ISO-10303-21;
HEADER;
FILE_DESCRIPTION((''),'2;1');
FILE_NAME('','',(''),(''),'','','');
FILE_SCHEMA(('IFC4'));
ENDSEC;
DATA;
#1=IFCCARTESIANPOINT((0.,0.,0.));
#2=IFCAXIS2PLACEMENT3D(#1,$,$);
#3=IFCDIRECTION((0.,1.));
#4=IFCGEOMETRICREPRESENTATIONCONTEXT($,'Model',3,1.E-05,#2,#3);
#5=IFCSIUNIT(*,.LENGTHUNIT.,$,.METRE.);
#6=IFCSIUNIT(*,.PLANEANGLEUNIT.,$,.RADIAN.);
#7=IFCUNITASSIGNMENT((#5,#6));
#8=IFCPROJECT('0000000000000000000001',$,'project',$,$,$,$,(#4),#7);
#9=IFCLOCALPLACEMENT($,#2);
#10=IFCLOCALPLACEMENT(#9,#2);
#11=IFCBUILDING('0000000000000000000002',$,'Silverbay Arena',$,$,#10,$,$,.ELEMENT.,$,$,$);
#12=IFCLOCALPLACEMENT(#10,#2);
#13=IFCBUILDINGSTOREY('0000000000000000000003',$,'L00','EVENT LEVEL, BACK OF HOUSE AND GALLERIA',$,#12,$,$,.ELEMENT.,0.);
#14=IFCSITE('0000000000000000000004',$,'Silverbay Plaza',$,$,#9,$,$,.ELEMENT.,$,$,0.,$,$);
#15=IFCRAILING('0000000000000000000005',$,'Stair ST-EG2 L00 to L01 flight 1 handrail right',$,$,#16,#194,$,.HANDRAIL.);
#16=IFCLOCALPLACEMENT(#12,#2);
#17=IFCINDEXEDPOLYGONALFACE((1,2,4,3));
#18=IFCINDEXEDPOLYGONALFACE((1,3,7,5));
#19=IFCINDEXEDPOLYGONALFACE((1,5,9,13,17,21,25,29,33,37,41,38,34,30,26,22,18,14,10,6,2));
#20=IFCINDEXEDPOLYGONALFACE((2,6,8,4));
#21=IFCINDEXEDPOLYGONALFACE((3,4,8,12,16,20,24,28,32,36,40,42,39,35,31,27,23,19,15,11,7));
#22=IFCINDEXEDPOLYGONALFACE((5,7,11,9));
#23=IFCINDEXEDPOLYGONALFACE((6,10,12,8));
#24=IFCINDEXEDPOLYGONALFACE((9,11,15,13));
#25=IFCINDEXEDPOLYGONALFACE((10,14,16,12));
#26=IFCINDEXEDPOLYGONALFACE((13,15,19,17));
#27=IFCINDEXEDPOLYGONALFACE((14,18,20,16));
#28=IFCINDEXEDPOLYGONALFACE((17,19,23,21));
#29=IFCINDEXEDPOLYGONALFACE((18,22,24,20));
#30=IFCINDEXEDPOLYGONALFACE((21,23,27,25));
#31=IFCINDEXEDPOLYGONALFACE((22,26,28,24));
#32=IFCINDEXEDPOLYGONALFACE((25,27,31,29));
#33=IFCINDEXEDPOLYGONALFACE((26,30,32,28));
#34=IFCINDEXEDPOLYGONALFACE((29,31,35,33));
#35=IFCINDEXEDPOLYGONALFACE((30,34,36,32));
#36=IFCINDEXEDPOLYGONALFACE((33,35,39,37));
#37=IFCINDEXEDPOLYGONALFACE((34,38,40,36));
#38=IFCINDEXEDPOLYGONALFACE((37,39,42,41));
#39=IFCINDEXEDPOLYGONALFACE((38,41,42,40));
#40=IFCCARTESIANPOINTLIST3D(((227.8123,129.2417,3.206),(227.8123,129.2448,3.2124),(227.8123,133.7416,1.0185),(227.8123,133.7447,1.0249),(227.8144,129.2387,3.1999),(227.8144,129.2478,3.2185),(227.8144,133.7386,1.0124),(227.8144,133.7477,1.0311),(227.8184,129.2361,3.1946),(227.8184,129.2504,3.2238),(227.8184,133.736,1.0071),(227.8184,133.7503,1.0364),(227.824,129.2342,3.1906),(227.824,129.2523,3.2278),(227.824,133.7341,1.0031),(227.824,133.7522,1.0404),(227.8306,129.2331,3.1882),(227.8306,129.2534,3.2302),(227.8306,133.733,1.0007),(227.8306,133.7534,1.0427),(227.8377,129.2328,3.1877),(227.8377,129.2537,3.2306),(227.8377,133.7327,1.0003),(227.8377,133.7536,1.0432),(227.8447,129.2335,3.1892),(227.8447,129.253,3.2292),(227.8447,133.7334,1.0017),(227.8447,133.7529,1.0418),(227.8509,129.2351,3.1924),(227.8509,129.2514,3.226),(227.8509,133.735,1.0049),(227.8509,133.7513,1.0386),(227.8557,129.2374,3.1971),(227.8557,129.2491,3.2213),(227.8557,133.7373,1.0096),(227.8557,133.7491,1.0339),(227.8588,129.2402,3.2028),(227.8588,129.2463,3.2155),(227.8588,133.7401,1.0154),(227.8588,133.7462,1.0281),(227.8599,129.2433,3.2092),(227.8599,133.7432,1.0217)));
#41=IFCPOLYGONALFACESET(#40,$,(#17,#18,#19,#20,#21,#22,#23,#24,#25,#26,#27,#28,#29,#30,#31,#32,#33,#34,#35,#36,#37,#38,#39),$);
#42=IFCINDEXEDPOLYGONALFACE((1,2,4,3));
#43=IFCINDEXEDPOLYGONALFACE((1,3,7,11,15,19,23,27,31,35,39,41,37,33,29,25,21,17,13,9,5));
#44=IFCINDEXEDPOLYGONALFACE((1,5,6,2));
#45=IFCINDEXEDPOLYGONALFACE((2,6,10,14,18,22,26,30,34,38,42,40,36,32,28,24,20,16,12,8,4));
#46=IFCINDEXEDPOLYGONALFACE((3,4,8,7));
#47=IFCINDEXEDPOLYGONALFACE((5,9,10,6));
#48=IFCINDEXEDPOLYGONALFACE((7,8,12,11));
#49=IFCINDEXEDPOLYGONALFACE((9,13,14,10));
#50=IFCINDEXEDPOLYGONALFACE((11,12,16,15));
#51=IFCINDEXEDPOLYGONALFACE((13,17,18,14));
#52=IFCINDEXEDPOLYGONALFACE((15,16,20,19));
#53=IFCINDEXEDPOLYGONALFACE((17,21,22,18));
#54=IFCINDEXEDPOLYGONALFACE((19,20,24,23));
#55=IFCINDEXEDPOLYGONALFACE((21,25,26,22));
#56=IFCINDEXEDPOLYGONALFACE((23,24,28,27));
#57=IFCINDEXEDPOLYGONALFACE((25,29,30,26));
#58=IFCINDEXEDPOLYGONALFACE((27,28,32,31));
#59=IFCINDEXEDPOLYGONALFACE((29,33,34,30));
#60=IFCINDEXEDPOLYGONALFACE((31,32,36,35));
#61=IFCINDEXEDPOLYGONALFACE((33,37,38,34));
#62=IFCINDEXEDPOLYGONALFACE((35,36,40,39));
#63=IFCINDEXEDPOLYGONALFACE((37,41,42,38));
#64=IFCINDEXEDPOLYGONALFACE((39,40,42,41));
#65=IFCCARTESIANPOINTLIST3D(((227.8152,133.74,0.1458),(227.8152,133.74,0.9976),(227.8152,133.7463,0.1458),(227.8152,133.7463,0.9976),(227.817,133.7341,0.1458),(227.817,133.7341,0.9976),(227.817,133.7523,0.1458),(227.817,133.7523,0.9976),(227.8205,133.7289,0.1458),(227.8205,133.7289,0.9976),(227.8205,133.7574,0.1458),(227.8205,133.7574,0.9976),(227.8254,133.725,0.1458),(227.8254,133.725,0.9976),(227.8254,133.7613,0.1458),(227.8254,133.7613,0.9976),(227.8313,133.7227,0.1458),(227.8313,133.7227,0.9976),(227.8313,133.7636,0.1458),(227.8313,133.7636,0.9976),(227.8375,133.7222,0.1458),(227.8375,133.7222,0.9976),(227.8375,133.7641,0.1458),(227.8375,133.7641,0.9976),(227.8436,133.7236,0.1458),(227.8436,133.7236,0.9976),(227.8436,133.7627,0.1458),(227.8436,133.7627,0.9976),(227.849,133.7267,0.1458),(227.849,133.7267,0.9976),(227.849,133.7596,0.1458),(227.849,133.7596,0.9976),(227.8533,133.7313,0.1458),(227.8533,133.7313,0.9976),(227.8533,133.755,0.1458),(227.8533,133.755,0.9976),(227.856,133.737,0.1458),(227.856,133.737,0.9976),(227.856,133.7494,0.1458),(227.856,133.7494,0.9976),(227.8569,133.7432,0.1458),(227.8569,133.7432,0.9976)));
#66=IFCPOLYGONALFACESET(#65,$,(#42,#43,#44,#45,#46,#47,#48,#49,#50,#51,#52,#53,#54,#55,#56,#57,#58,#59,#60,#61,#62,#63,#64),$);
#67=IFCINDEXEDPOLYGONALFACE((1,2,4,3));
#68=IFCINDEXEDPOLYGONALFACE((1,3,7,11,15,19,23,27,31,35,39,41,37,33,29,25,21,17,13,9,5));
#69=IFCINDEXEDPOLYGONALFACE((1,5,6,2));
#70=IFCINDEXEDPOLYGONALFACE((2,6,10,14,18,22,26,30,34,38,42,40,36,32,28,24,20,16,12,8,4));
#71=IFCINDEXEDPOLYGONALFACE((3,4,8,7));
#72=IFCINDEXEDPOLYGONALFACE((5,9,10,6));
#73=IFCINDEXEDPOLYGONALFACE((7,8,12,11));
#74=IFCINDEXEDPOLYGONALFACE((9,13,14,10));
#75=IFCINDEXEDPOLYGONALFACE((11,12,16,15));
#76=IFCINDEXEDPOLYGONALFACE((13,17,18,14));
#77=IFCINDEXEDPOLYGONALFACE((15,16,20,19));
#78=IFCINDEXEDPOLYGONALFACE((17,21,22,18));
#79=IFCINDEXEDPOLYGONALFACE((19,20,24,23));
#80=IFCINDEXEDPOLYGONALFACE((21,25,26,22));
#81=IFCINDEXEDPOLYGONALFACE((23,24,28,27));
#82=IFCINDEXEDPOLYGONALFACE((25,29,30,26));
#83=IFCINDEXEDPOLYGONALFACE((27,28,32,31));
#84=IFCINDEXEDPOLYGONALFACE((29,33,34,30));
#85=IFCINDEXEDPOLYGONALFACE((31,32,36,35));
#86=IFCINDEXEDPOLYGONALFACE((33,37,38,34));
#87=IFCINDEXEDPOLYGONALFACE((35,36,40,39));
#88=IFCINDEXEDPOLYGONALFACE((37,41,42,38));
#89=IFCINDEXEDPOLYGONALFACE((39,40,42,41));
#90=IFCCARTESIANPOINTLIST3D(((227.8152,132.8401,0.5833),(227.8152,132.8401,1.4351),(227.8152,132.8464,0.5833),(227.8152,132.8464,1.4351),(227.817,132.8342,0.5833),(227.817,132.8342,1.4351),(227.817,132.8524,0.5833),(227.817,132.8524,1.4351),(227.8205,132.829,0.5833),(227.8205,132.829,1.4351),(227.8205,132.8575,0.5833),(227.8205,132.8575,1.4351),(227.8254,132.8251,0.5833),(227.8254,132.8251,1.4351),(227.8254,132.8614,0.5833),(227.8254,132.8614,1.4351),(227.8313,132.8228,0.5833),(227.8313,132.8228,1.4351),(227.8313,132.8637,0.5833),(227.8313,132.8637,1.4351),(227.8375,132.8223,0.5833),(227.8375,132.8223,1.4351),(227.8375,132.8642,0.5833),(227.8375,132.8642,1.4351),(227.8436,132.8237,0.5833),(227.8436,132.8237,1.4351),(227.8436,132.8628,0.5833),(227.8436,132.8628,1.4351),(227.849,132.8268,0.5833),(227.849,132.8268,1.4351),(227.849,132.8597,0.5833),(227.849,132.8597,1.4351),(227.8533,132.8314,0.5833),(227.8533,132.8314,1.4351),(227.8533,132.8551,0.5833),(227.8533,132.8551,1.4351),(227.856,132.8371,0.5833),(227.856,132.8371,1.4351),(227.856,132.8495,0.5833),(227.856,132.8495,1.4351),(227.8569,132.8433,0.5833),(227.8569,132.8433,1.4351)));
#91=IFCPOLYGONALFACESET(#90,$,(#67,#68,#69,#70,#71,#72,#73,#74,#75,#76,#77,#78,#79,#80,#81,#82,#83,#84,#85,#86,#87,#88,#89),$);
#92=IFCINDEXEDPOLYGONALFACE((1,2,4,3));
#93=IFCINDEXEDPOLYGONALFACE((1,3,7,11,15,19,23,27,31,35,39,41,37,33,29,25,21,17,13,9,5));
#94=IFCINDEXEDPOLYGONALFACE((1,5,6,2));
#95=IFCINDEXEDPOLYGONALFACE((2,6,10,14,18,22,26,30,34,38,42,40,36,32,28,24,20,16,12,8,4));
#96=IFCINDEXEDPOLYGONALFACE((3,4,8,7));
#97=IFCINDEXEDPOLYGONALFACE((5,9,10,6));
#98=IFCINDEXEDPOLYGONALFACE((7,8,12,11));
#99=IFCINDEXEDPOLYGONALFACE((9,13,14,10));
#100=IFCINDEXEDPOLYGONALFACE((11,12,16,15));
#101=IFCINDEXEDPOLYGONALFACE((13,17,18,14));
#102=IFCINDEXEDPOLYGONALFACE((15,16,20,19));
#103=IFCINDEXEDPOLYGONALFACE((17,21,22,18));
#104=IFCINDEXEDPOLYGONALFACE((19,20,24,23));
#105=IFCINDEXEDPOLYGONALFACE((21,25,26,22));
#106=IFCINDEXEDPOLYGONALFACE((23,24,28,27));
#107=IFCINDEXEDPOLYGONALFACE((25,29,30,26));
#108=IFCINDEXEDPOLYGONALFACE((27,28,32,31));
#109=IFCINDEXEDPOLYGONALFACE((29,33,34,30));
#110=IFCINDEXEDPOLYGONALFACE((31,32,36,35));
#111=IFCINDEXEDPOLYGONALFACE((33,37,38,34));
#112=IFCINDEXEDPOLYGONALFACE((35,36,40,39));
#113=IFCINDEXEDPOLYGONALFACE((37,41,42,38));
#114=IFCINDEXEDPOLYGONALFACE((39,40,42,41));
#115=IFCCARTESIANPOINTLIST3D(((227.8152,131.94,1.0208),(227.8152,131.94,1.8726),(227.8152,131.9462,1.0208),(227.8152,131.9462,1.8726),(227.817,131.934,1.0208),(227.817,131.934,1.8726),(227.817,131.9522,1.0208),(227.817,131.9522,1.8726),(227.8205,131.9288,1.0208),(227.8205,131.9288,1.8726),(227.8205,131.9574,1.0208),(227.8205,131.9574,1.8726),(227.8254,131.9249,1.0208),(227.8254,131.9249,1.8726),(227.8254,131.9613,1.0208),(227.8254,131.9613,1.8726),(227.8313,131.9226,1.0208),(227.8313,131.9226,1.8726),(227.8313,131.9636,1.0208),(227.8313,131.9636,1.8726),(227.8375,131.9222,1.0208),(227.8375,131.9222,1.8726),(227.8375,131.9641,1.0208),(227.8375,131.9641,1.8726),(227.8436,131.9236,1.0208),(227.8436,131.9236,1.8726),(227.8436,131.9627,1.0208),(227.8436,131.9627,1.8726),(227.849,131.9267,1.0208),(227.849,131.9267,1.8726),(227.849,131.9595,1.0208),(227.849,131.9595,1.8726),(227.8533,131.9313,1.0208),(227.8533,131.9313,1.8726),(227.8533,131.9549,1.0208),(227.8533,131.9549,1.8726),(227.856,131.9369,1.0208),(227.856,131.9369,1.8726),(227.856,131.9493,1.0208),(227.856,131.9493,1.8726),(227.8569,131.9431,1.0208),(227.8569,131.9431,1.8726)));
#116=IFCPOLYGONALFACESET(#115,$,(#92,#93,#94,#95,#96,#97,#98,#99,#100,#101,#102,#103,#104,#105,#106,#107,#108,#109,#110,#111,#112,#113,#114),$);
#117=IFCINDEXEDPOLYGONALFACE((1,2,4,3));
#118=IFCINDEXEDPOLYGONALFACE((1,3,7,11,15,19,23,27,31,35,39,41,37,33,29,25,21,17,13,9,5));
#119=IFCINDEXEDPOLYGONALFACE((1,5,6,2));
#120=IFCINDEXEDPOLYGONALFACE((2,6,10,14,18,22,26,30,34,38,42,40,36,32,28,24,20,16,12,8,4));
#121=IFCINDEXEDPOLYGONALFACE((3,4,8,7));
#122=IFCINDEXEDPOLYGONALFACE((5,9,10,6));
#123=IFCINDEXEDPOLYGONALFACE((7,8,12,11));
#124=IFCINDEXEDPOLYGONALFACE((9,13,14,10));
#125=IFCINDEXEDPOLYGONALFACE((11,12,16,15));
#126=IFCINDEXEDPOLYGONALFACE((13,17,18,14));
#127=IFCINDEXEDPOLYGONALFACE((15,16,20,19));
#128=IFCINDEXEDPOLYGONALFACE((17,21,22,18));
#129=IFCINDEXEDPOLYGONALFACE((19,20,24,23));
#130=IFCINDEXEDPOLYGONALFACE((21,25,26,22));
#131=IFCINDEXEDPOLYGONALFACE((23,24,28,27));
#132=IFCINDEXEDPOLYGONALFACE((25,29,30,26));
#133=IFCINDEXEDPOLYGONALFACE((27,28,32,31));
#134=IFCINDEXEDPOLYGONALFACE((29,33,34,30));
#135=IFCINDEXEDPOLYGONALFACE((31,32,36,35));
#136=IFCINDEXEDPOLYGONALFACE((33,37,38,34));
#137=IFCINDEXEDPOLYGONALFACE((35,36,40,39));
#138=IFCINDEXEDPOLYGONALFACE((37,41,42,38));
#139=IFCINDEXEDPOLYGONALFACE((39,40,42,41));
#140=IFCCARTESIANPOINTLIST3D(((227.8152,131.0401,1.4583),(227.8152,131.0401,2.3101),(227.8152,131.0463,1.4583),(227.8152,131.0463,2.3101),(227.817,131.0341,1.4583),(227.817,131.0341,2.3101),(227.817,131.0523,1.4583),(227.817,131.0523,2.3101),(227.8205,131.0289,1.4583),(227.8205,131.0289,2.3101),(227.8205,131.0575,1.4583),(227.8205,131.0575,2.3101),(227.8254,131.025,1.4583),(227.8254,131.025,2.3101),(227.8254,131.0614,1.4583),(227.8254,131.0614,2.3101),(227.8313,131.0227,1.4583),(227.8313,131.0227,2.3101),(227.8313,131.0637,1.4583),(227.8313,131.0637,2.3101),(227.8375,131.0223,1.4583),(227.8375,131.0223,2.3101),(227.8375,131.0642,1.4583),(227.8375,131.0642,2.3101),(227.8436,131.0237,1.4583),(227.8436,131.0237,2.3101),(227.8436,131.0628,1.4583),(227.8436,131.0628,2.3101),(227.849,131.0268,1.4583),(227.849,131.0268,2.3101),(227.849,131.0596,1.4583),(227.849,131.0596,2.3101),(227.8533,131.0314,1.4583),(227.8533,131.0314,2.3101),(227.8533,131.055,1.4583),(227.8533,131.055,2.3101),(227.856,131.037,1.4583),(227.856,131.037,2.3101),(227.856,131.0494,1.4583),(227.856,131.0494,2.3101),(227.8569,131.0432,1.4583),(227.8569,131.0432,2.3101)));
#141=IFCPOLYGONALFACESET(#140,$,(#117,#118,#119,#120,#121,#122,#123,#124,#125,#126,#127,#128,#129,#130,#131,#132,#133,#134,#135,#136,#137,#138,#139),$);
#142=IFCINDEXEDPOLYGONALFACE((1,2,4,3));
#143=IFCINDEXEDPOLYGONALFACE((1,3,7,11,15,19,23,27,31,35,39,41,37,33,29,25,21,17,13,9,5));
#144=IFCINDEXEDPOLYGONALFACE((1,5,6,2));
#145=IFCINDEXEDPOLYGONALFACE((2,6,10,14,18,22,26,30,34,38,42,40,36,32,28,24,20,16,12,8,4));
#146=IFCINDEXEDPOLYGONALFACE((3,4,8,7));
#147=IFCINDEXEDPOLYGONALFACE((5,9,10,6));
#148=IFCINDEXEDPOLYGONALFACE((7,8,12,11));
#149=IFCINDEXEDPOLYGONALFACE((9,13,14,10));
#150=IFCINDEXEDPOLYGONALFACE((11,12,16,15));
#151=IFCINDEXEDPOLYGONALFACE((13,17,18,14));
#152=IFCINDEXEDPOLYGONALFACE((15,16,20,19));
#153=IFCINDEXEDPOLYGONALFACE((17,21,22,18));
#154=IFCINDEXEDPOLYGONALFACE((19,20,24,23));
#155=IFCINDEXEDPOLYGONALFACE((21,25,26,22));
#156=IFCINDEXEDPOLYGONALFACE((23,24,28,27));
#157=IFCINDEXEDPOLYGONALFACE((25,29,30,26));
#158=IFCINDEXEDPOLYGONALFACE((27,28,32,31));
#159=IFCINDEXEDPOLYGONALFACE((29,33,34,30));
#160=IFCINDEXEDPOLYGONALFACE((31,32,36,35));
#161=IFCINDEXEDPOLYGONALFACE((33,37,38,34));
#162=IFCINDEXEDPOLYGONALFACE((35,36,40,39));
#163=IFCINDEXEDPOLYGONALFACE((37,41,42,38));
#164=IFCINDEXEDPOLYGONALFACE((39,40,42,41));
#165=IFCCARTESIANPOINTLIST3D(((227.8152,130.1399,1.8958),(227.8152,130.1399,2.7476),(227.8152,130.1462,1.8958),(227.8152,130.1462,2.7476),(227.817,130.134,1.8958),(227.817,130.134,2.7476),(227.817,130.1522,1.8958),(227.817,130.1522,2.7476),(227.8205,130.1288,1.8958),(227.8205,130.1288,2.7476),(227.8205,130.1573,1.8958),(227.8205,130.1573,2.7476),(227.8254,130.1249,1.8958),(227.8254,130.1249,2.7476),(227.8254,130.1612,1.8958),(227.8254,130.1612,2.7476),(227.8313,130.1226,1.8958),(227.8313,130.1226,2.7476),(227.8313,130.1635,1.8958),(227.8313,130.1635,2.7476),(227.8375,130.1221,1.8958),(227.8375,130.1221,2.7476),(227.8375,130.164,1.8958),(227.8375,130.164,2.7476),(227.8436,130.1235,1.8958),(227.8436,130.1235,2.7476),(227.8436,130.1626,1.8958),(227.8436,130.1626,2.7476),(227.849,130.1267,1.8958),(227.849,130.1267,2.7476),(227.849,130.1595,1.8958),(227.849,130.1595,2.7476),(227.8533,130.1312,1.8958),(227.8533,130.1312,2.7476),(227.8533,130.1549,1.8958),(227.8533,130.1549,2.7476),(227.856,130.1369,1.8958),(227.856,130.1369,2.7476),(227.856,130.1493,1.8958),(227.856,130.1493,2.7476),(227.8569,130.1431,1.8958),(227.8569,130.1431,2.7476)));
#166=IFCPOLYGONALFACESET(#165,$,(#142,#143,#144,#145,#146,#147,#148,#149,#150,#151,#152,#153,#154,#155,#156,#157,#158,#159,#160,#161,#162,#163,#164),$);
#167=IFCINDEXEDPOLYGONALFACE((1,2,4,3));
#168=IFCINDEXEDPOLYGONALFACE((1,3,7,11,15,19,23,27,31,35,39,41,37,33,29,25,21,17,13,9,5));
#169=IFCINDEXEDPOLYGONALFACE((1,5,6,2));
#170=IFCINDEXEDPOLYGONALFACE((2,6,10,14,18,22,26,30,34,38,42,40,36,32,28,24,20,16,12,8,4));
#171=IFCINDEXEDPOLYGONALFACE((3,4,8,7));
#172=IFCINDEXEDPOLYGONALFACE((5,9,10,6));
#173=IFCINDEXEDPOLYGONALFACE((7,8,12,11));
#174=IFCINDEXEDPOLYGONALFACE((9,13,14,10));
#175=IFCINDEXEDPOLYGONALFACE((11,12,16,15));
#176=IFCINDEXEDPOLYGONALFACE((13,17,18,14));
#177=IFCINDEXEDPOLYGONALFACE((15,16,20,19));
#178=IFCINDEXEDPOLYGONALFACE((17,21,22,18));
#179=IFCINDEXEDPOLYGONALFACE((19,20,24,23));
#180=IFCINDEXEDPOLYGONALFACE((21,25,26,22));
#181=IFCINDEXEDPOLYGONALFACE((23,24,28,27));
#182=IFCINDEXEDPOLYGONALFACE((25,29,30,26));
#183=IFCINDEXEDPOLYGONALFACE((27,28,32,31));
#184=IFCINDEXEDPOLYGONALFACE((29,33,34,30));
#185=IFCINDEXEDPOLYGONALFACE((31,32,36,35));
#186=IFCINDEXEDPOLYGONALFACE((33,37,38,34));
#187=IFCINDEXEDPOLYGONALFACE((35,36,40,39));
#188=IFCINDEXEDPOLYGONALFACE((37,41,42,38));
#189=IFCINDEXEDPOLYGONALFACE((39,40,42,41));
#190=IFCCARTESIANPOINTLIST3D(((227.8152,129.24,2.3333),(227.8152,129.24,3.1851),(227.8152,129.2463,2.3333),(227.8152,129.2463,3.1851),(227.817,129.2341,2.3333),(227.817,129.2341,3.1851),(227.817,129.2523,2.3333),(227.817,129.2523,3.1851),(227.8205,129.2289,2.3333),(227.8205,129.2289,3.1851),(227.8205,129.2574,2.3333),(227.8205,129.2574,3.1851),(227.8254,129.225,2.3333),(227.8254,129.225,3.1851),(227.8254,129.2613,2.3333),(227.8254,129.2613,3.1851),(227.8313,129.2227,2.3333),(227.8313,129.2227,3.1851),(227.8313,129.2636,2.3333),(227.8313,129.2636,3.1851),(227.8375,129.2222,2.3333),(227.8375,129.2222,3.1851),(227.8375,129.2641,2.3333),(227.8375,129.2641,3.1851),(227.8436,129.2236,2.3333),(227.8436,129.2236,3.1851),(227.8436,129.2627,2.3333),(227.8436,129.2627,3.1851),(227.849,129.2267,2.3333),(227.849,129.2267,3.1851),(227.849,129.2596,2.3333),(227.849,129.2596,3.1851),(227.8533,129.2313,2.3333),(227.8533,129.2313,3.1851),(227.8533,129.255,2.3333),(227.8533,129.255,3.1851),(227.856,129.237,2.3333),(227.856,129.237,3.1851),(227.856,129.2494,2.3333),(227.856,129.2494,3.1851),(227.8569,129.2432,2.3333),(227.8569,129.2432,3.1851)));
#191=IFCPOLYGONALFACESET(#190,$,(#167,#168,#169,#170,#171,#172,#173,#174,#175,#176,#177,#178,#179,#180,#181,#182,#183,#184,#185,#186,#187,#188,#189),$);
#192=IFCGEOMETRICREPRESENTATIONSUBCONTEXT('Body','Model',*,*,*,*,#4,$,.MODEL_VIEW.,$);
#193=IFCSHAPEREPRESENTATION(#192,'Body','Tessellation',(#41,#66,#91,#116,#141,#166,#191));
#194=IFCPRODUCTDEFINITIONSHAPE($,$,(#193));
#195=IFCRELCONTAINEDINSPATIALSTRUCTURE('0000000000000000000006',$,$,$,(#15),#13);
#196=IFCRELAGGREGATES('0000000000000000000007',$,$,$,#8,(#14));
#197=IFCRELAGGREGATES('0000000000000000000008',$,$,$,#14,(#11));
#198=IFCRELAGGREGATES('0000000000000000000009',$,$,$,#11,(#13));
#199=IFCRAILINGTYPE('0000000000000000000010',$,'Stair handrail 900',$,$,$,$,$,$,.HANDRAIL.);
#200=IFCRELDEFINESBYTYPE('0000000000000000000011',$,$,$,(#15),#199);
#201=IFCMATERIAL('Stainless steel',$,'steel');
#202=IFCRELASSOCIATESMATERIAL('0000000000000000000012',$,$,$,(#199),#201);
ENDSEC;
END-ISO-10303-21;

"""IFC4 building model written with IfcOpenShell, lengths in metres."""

from ifc_helpers import new_model, si_unit, direction, frame, origin, origin_2d, place, context, subcontext, project, spatial, circle, extrude, material, type_object, element, save


model = new_model("IFC4")

# Units and contexts
model_context = context("Model", 3, precision=1e-05, world=origin(), true_north=direction((0.0, 1.0)))
body_context = subcontext(model_context, "Body", "Model", "MODEL_VIEW")
ifc_project = project(units=[si_unit("LENGTHUNIT", "METRE"), si_unit("PLANEANGLEUNIT", "RADIAN")], contexts=[model_context])

# Site, building, storey
site_placement = place(None, origin())
site = spatial("IfcSite", under=ifc_project, at=site_placement, Name="Silverbay Plaza", CompositionType="ELEMENT", RefElevation=0.0)
building_placement = place(site_placement, origin())
building = spatial("IfcBuilding", under=site, at=building_placement, Name="Silverbay Arena", CompositionType="ELEMENT")
storey_placement = place(building_placement, origin())
storey = spatial("IfcBuildingStorey", under=building, at=storey_placement, Name="L00", Description="EVENT LEVEL, BACK OF HOUSE AND GALLERIA", CompositionType="ELEMENT", Elevation=0.0)

# Railing
ifc_material_1 = material(Name="Stainless steel", Category="steel")
railing_type_1 = type_object("IfcRailingType", Name="Stair handrail 900", PredefinedType="HANDRAIL", material=ifc_material_1)
for number, where, name in (
    (1, (227.8359, 133.7432, 0.1458), "Stair ST-EG2 L00 to L01 flight 1 handrail right"),
):
    element("IfcRailing", number, at=place(storey_placement, frame(where)), inside=storey, type_object=railing_type_1, Name=name, PredefinedType="HANDRAIL", context=body_context, shape_type="SweptSolid", body=[
        extrude(circle(Radius=0.0239, at=origin_2d()), frame((0.0, 0.0, 0.876), z_axis=(0.0, -0.899368, 0.437193), x_axis=(1.0, 0.0, 0.0)), (0.0, 0.0, 1.0), 5.0034),
        extrude(circle(Radius=0.021, at=origin_2d()), origin(), (0.0, 0.0, 1.0), 0.8518),
        extrude(circle(Radius=0.021, at=origin_2d()), frame((0.0, -0.8999, 0.4375)), (0.0, 0.0, 1.0), 0.8518),
        extrude(circle(Radius=0.021, at=origin_2d()), frame((0.0, -1.8, 0.875)), (0.0, 0.0, 1.0), 0.8518),
        extrude(circle(Radius=0.021, at=origin_2d()), frame((0.0, -2.7, 1.3125)), (0.0, 0.0, 1.0), 0.8518),
        extrude(circle(Radius=0.021, at=origin_2d()), frame((0.0, -3.6001, 1.75)), (0.0, 0.0, 1.0), 0.8518),
        extrude(circle(Radius=0.021, at=origin_2d()), frame((0.0, -4.5, 2.1875)), (0.0, 0.0, 1.0), 0.8518),
    ])

save(model, "model.ifc")
